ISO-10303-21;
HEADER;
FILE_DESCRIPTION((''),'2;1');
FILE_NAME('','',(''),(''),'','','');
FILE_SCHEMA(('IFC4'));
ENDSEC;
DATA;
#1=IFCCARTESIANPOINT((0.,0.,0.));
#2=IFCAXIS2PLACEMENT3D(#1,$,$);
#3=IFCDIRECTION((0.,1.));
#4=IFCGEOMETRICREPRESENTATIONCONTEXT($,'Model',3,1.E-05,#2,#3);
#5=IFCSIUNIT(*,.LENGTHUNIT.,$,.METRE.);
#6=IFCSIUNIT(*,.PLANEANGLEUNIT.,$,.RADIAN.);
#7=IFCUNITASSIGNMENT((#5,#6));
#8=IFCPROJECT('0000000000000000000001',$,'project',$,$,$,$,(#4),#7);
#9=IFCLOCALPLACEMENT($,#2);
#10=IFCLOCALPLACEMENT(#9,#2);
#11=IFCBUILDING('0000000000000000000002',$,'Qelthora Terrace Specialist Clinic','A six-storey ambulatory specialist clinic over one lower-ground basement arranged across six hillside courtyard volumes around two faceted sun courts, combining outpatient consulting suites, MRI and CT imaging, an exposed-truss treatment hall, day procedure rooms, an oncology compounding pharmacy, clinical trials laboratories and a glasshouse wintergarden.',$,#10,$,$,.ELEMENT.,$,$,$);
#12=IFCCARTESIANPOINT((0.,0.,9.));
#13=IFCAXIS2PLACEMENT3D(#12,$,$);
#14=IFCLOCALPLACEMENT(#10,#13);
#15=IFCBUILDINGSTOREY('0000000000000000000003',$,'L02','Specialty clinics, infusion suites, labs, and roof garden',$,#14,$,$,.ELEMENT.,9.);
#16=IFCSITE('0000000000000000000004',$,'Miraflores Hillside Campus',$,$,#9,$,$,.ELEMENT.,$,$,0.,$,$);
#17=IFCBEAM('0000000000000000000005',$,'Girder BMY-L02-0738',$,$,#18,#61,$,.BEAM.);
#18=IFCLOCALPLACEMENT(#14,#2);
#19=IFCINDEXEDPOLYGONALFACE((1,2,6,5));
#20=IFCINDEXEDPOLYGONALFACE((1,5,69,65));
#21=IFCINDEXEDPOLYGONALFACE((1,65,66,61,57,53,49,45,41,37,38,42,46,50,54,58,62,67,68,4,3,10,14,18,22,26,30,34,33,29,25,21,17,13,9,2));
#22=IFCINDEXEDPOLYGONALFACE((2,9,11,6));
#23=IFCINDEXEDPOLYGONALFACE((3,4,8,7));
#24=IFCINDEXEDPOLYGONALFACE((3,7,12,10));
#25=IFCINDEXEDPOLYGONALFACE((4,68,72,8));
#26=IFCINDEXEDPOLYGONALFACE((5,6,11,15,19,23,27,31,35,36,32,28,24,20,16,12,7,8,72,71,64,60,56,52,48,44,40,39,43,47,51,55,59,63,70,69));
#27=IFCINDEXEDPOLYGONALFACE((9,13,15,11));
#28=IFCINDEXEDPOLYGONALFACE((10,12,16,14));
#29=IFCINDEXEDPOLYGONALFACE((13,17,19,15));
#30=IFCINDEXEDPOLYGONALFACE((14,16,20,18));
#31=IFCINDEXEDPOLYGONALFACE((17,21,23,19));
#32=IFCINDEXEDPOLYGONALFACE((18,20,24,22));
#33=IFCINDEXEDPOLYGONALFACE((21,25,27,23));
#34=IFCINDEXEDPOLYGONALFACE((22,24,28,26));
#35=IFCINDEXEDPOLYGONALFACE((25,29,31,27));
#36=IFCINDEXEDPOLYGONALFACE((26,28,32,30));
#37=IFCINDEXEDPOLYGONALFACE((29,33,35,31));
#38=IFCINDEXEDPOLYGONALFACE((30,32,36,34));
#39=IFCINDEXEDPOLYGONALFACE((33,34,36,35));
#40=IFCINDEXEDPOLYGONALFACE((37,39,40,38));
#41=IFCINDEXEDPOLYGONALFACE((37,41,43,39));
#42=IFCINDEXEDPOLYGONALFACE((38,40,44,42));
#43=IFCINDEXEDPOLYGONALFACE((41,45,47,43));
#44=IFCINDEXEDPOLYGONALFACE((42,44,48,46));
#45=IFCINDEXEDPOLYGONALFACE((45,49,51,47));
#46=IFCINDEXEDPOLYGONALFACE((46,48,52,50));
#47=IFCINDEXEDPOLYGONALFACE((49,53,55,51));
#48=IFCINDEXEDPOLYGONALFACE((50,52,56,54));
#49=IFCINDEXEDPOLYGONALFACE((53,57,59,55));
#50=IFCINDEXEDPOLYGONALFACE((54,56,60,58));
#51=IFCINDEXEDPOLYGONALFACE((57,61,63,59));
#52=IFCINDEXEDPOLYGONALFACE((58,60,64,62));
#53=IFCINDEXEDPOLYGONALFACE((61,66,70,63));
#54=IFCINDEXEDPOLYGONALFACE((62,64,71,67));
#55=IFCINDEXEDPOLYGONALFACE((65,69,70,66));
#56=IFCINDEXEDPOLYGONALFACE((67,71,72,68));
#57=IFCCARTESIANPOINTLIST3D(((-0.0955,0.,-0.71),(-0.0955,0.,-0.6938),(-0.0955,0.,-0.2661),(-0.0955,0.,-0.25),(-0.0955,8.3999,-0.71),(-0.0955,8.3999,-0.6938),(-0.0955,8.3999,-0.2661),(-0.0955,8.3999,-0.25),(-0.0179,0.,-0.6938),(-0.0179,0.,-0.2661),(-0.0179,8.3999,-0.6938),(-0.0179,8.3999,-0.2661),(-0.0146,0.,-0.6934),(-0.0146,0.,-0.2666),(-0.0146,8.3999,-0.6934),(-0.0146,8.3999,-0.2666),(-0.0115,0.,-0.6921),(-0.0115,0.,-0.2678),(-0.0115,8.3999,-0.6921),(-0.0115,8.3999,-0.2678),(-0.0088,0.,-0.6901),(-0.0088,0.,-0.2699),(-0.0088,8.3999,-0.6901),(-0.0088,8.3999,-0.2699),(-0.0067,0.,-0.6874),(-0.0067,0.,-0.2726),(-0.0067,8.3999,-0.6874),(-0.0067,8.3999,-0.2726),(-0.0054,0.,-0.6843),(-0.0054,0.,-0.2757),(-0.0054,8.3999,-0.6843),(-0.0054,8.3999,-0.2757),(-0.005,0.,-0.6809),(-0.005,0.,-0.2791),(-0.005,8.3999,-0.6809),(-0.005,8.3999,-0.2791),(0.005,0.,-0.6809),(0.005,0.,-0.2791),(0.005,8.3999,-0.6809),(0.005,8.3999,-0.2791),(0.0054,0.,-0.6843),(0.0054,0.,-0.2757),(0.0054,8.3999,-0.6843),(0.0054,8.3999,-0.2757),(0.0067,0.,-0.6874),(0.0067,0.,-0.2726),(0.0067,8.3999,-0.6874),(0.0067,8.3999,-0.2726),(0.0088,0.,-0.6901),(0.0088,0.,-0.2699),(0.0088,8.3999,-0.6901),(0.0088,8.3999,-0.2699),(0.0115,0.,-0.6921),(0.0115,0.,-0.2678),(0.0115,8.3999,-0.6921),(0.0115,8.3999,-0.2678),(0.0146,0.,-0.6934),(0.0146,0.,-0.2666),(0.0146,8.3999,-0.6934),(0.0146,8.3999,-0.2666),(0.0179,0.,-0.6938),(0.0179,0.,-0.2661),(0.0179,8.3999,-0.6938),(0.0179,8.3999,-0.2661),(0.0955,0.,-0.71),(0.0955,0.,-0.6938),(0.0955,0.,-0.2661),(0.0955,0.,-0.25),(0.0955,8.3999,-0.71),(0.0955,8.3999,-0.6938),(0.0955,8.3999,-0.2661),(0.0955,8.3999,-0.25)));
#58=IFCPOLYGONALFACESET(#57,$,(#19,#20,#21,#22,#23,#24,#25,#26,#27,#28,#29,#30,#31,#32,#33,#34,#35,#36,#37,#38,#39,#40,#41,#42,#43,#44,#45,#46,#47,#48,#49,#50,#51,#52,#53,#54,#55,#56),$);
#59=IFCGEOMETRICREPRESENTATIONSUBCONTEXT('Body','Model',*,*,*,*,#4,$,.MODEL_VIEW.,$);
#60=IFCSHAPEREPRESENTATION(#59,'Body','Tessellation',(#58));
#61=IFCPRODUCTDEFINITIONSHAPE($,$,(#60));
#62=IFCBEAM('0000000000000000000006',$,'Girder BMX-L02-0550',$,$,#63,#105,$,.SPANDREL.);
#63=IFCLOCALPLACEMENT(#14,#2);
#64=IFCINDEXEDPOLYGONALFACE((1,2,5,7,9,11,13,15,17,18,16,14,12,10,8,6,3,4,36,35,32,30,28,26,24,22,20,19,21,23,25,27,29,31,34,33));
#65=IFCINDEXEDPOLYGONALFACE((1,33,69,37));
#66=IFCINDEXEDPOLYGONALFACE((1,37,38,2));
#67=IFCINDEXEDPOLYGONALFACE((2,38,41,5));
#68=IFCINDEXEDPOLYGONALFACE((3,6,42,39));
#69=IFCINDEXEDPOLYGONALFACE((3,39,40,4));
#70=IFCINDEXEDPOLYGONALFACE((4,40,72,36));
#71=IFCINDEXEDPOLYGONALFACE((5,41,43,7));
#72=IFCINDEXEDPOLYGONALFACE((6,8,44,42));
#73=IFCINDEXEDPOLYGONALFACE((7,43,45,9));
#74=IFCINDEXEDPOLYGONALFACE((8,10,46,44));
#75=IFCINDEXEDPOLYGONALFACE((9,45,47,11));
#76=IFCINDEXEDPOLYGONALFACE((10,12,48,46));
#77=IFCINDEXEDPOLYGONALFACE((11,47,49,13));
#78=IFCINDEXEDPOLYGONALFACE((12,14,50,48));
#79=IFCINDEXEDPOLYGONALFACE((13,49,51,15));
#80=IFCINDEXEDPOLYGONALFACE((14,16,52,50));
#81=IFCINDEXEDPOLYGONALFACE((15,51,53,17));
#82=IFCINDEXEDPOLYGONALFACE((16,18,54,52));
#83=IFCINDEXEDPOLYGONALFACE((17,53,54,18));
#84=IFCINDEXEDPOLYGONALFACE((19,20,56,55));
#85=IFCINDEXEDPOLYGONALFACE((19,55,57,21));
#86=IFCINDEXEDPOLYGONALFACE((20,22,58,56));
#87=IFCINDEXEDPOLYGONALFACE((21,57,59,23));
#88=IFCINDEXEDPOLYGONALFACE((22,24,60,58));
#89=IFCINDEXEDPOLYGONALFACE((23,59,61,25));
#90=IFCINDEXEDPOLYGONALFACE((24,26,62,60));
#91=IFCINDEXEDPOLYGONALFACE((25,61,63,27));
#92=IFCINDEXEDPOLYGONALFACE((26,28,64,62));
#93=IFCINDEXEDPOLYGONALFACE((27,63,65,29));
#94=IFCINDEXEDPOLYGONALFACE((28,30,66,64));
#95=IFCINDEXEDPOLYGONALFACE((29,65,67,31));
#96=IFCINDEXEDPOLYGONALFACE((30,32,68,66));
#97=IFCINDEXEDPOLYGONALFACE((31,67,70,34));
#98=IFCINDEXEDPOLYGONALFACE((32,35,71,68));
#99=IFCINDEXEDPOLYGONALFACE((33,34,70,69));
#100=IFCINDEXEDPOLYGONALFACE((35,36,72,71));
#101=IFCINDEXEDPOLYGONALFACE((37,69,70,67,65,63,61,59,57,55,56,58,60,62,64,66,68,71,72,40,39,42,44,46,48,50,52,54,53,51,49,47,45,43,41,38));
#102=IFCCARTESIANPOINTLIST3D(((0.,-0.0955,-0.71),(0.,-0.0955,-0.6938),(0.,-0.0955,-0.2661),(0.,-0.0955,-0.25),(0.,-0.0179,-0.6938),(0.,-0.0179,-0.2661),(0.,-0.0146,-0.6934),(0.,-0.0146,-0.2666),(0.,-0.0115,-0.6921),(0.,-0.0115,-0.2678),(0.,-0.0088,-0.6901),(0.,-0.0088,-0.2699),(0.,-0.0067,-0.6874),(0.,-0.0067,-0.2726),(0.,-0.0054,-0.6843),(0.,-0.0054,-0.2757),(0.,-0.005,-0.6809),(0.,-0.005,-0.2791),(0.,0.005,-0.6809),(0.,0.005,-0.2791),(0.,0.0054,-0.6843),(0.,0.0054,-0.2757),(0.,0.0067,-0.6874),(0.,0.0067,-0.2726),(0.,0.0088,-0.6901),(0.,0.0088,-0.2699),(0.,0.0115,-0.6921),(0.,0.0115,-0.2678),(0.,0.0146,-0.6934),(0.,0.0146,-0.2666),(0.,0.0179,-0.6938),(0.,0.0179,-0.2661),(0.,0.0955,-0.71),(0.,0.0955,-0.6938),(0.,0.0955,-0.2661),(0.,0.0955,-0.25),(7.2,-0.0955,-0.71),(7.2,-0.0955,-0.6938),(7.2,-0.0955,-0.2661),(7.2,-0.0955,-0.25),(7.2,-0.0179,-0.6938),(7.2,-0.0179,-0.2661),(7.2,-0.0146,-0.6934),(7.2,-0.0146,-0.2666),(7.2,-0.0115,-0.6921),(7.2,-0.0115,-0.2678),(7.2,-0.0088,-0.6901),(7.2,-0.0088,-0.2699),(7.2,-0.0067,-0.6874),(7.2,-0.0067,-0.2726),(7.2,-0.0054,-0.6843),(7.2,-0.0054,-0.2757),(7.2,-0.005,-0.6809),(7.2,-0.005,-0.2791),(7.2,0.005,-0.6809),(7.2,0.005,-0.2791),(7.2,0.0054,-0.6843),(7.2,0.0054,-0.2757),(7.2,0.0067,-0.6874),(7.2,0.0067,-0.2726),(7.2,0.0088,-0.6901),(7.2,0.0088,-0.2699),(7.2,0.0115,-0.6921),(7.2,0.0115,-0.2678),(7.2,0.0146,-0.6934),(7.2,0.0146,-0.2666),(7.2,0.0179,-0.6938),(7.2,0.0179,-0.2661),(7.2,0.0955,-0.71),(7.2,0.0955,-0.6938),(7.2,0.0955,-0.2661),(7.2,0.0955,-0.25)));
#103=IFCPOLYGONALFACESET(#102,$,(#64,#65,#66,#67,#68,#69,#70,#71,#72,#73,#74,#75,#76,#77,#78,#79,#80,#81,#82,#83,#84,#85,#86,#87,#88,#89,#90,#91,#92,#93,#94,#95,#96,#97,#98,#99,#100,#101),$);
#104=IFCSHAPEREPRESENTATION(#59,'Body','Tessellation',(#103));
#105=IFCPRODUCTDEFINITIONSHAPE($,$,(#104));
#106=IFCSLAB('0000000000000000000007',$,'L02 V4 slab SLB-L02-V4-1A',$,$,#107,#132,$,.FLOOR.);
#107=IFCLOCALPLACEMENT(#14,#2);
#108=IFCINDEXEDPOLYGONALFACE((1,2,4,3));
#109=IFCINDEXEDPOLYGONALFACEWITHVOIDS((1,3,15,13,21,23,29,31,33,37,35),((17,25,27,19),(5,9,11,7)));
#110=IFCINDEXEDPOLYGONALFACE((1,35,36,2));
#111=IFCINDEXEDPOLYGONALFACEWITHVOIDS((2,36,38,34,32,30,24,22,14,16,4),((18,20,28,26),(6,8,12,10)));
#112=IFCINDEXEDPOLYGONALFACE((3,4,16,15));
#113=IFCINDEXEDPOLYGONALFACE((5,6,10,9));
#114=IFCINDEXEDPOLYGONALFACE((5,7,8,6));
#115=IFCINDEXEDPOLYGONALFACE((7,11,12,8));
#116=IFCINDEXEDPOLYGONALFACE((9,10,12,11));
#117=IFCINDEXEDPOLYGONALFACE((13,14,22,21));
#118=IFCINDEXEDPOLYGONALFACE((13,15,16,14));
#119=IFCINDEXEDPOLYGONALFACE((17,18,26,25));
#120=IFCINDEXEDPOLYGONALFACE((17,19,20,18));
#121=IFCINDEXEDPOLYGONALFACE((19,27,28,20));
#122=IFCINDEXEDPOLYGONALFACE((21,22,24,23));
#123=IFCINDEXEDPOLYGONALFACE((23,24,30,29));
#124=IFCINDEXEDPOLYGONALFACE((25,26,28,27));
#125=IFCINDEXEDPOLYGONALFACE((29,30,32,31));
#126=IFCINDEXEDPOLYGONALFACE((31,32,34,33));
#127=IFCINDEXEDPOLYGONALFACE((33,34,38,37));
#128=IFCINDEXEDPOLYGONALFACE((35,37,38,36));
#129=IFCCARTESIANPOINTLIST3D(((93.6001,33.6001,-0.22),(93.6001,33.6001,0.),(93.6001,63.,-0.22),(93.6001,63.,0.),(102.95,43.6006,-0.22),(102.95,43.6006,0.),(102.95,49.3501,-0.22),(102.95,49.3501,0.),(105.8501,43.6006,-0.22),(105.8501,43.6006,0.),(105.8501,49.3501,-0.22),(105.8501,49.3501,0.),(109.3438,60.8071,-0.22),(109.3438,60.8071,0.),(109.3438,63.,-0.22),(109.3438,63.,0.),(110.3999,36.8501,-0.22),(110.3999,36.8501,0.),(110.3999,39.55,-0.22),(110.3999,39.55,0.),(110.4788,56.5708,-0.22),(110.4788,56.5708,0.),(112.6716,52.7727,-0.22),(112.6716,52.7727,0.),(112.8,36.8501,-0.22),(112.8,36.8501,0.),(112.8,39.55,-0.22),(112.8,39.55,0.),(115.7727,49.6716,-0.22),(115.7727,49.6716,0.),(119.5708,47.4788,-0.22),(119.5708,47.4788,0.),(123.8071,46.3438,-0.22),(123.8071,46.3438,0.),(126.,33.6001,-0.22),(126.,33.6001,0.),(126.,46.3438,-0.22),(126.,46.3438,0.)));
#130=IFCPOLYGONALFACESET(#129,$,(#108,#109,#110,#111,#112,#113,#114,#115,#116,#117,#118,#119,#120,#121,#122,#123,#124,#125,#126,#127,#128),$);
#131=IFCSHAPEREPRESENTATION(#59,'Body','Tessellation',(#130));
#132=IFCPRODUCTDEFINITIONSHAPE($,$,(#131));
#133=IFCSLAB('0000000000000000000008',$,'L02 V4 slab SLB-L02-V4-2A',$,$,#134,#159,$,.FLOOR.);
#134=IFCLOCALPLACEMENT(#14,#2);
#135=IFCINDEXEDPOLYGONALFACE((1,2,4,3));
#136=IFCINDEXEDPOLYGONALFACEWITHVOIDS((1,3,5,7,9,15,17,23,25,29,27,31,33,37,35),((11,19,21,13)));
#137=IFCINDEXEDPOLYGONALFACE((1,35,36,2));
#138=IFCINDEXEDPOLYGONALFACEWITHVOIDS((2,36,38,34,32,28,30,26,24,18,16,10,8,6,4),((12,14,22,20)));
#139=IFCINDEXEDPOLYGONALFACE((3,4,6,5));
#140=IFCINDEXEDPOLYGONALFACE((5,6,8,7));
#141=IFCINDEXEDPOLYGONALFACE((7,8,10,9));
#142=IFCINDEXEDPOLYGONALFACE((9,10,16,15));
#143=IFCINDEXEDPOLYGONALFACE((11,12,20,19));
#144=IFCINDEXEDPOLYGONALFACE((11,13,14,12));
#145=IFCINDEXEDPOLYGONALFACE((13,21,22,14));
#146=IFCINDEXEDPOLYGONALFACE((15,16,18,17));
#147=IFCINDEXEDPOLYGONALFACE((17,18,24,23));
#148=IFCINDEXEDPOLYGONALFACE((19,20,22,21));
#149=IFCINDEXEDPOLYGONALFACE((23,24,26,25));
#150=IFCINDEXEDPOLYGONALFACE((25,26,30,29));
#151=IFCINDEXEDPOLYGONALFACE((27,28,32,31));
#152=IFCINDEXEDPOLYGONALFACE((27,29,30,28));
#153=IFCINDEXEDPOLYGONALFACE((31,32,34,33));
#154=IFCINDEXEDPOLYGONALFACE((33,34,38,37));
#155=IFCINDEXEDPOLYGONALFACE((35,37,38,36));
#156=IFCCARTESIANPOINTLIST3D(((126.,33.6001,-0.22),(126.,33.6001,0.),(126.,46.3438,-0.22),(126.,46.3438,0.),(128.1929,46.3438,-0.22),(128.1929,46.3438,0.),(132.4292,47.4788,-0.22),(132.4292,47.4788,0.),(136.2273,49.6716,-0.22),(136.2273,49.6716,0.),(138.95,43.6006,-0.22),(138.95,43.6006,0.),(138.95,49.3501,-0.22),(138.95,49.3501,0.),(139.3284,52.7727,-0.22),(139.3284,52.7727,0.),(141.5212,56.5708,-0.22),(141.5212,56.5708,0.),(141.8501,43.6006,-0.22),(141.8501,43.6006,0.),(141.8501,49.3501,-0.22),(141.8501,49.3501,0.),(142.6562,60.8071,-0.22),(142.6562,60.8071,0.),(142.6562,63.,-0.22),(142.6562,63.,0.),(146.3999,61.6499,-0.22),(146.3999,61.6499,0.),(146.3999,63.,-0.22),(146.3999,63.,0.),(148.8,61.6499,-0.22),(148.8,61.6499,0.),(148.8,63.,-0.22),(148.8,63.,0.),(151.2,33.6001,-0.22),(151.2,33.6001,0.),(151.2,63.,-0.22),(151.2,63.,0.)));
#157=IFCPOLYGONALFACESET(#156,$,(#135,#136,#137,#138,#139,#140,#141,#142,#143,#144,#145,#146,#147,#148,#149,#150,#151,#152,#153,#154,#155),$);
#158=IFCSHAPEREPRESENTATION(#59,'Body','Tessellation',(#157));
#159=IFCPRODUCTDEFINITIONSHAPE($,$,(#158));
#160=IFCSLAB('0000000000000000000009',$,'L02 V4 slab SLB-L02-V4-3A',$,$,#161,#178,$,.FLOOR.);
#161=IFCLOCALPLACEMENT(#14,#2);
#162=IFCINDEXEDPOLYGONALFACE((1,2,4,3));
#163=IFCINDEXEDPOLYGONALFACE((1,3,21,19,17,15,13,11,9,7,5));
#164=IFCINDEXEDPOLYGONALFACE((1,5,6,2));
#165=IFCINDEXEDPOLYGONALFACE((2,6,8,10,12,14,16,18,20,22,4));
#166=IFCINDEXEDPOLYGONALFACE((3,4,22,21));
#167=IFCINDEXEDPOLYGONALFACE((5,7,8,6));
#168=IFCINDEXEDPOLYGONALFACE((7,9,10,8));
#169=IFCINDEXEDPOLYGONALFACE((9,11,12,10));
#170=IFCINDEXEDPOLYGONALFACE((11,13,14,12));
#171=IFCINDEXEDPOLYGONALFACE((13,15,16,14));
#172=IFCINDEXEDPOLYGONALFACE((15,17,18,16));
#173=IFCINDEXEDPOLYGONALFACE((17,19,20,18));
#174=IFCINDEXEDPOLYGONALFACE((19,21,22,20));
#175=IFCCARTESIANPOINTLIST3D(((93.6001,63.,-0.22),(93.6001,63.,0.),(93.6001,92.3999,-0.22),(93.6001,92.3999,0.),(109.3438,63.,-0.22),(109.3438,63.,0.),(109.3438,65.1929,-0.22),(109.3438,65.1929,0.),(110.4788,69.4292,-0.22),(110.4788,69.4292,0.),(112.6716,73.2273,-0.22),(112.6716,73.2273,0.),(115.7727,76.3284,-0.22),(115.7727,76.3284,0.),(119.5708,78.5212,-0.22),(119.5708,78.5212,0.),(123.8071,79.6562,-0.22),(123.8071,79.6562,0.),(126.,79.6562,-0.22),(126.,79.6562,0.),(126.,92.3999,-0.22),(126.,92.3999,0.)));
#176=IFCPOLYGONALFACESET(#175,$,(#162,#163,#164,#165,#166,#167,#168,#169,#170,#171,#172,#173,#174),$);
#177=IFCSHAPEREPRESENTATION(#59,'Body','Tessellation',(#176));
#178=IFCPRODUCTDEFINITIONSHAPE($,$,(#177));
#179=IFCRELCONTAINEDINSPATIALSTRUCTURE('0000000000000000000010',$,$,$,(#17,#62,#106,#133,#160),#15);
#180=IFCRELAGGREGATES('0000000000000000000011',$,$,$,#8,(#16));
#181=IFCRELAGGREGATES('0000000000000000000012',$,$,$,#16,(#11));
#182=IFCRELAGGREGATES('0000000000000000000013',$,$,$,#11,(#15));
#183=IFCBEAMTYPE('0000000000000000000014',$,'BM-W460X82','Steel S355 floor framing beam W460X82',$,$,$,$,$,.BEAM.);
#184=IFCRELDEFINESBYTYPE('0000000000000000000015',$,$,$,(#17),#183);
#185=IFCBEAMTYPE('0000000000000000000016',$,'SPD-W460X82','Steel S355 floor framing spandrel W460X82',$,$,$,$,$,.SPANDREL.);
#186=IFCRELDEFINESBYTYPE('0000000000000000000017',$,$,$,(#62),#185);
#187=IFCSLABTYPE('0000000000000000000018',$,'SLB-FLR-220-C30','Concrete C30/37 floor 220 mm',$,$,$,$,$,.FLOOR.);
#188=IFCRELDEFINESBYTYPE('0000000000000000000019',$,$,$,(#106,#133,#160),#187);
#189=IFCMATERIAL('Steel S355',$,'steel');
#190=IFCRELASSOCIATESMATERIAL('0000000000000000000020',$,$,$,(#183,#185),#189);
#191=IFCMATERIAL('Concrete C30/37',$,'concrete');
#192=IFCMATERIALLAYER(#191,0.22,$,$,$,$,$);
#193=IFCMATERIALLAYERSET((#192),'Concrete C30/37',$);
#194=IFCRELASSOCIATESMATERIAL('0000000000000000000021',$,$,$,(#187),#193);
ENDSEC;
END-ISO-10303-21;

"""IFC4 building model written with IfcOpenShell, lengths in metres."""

from ifc_helpers import new_model, si_unit, direction, frame, origin, origin_2d, place, context, subcontext, project, spatial, polyline, i_section, outline, extrude, material, layer, layer_set, material_profile, profile_set, type_object, element, save


model = new_model("IFC4")

# Units and contexts
model_context = context("Model", 3, precision=1e-05, world=origin(), true_north=direction((0.0, 1.0)))
body_context = subcontext(model_context, "Body", "Model", "MODEL_VIEW")
ifc_project = project(units=[si_unit("LENGTHUNIT", "METRE"), si_unit("PLANEANGLEUNIT", "RADIAN")], contexts=[model_context])

# Site, building, storey
site_placement = place(None, origin())
site = spatial("IfcSite", under=ifc_project, at=site_placement, Name="Miraflores Hillside Campus", CompositionType="ELEMENT", RefElevation=0.0)
building_placement = place(site_placement, origin())
building = spatial("IfcBuilding", under=site, at=building_placement, Name="Qelthora Terrace Specialist Clinic", Description="A six-storey ambulatory specialist clinic over one lower-ground basement arranged across six hillside courtyard volumes around two faceted sun courts, combining outpatient consulting suites, MRI and CT imaging, an exposed-truss treatment hall, day procedure rooms, an oncology compounding pharmacy, clinical trials laboratories and a glasshouse wintergarden.", CompositionType="ELEMENT")
storey_placement = place(building_placement, frame((0.0, 0.0, 9.0)))
storey = spatial("IfcBuildingStorey", under=building, at=storey_placement, Name="L02", Description="Specialty clinics, infusion suites, labs, and roof garden", CompositionType="ELEMENT", Elevation=9.0)

# Beams
ifc_material_1 = material(Name="Steel S355", Category="steel")
ifc_material_profile_1 = material_profile(ifc_material_1, i_section(OverallWidth=0.1909, OverallDepth=0.46, WebThickness=0.01, FlangeThickness=0.0161, FilletRadius=0.0129, at=origin_2d()), Name="W460X82")
ifc_profile_set_1 = profile_set([ifc_material_profile_1], Name="Steel S355")
beam_type_1 = type_object("IfcBeamType", Name="BM-W460X82", Description="Steel S355 floor framing beam W460X82", PredefinedType="BEAM", material=ifc_profile_set_1)
beam_1_placement = place(storey_placement, frame((0.0, 0.0, -0.48), z_axis=(0.0, 1.0, 0.0), x_axis=(-1.0, 0.0, 0.0)))
element("IfcBeam", 1, at=beam_1_placement, inside=storey, type_object=beam_type_1, Name="Girder BMY-L02-0738", PredefinedType="BEAM", context=body_context, shape_type="SweptSolid", body=[
    extrude(i_section(OverallWidth=0.1909, OverallDepth=0.46, WebThickness=0.01, FlangeThickness=0.0161, FilletRadius=0.0129, at=origin_2d()), origin(), (0.0, 0.0, 1.0), 8.3999),
])
ifc_material_profile_2 = material_profile(ifc_material_1, i_section(OverallWidth=0.1909, OverallDepth=0.46, WebThickness=0.01, FlangeThickness=0.0161, FilletRadius=0.0129, at=origin_2d()), Name="W460X82")
ifc_profile_set_2 = profile_set([ifc_material_profile_2], Name="Steel S355")
beam_type_2 = type_object("IfcBeamType", Name="SPD-W460X82", Description="Steel S355 floor framing spandrel W460X82", PredefinedType="SPANDREL", material=ifc_profile_set_2)
beam_2_placement = place(storey_placement, frame((0.0, 0.0, -0.48), z_axis=(1.0, 0.0, 0.0), x_axis=(0.0, 1.0, 0.0)))
element("IfcBeam", 2, at=beam_2_placement, inside=storey, type_object=beam_type_2, Name="Girder BMX-L02-0550", PredefinedType="SPANDREL", context=body_context, shape_type="SweptSolid", body=[
    extrude(i_section(OverallWidth=0.1909, OverallDepth=0.46, WebThickness=0.01, FlangeThickness=0.0161, FilletRadius=0.0129, at=origin_2d()), origin(), (0.0, 0.0, 1.0), 7.2),
])

# Slabs
ifc_material_2 = material(Name="Concrete C30/37", Category="concrete")
ifc_layer_1 = layer(ifc_material_2, 0.22)
ifc_layer_set_1 = layer_set([ifc_layer_1], Name="Concrete C30/37")
slab_type_1 = type_object("IfcSlabType", Name="SLB-FLR-220-C30", Description="Concrete C30/37 floor 220 mm", PredefinedType="FLOOR", material=ifc_layer_set_1)
slab_1_placement = place(storey_placement, frame((0.0, 0.0, -0.22)))
element("IfcSlab", 3, at=slab_1_placement, inside=storey, type_object=slab_type_1, Name="L02 V4 slab SLB-L02-V4-1A", PredefinedType="FLOOR", context=body_context, shape_type="SweptSolid", body=[
    extrude(outline(polyline([(93.6001, 33.6001), (93.6001, 63.0), (109.3438, 63.0), (109.3438, 60.8071), (110.4788, 56.5708), (112.6716, 52.7727), (115.7727, 49.6716), (119.5708, 47.4788), (123.8071, 46.3438), (126.0, 46.3438), (126.0, 33.6001), (93.6001, 33.6001)]), holes=[polyline([(112.8, 36.8501), (112.8, 39.55), (110.3999, 39.55), (110.3999, 36.8501), (112.8, 36.8501)]), polyline([(105.8501, 43.6006), (105.8501, 49.3501), (102.95, 49.3501), (102.95, 43.6006), (105.8501, 43.6006)])]), origin(), (0.0, 0.0, 1.0), 0.22),
])
slab_2_placement = place(storey_placement, frame((0.0, 0.0, -0.22)))
element("IfcSlab", 4, at=slab_2_placement, inside=storey, type_object=slab_type_1, Name="L02 V4 slab SLB-L02-V4-2A", PredefinedType="FLOOR", context=body_context, shape_type="SweptSolid", body=[
    extrude(outline(polyline([(151.2, 33.6001), (126.0, 33.6001), (126.0, 46.3438), (128.1929, 46.3438), (132.4292, 47.4788), (136.2273, 49.6716), (139.3284, 52.7727), (141.5212, 56.5708), (142.6562, 60.8071), (142.6562, 63.0), (146.3999, 63.0), (146.3999, 61.6499), (148.8, 61.6499), (148.8, 63.0), (151.2, 63.0), (151.2, 33.6001)]), holes=[polyline([(141.8501, 43.6006), (141.8501, 49.3501), (138.95, 49.3501), (138.95, 43.6006), (141.8501, 43.6006)])]), origin(), (0.0, 0.0, 1.0), 0.22),
])
slab_3_placement = place(storey_placement, frame((0.0, 0.0, -0.22)))
element("IfcSlab", 5, at=slab_3_placement, inside=storey, type_object=slab_type_1, Name="L02 V4 slab SLB-L02-V4-3A", PredefinedType="FLOOR", context=body_context, shape_type="SweptSolid", body=[
    extrude(outline(polyline([(93.6001, 92.3999), (126.0, 92.3999), (126.0, 79.6562), (123.8071, 79.6562), (119.5708, 78.5212), (115.7727, 76.3284), (112.6716, 73.2273), (110.4788, 69.4292), (109.3438, 65.1929), (109.3438, 63.0), (93.6001, 63.0), (93.6001, 92.3999)])), origin(), (0.0, 0.0, 1.0), 0.22),
])

save(model, "model.ifc")
